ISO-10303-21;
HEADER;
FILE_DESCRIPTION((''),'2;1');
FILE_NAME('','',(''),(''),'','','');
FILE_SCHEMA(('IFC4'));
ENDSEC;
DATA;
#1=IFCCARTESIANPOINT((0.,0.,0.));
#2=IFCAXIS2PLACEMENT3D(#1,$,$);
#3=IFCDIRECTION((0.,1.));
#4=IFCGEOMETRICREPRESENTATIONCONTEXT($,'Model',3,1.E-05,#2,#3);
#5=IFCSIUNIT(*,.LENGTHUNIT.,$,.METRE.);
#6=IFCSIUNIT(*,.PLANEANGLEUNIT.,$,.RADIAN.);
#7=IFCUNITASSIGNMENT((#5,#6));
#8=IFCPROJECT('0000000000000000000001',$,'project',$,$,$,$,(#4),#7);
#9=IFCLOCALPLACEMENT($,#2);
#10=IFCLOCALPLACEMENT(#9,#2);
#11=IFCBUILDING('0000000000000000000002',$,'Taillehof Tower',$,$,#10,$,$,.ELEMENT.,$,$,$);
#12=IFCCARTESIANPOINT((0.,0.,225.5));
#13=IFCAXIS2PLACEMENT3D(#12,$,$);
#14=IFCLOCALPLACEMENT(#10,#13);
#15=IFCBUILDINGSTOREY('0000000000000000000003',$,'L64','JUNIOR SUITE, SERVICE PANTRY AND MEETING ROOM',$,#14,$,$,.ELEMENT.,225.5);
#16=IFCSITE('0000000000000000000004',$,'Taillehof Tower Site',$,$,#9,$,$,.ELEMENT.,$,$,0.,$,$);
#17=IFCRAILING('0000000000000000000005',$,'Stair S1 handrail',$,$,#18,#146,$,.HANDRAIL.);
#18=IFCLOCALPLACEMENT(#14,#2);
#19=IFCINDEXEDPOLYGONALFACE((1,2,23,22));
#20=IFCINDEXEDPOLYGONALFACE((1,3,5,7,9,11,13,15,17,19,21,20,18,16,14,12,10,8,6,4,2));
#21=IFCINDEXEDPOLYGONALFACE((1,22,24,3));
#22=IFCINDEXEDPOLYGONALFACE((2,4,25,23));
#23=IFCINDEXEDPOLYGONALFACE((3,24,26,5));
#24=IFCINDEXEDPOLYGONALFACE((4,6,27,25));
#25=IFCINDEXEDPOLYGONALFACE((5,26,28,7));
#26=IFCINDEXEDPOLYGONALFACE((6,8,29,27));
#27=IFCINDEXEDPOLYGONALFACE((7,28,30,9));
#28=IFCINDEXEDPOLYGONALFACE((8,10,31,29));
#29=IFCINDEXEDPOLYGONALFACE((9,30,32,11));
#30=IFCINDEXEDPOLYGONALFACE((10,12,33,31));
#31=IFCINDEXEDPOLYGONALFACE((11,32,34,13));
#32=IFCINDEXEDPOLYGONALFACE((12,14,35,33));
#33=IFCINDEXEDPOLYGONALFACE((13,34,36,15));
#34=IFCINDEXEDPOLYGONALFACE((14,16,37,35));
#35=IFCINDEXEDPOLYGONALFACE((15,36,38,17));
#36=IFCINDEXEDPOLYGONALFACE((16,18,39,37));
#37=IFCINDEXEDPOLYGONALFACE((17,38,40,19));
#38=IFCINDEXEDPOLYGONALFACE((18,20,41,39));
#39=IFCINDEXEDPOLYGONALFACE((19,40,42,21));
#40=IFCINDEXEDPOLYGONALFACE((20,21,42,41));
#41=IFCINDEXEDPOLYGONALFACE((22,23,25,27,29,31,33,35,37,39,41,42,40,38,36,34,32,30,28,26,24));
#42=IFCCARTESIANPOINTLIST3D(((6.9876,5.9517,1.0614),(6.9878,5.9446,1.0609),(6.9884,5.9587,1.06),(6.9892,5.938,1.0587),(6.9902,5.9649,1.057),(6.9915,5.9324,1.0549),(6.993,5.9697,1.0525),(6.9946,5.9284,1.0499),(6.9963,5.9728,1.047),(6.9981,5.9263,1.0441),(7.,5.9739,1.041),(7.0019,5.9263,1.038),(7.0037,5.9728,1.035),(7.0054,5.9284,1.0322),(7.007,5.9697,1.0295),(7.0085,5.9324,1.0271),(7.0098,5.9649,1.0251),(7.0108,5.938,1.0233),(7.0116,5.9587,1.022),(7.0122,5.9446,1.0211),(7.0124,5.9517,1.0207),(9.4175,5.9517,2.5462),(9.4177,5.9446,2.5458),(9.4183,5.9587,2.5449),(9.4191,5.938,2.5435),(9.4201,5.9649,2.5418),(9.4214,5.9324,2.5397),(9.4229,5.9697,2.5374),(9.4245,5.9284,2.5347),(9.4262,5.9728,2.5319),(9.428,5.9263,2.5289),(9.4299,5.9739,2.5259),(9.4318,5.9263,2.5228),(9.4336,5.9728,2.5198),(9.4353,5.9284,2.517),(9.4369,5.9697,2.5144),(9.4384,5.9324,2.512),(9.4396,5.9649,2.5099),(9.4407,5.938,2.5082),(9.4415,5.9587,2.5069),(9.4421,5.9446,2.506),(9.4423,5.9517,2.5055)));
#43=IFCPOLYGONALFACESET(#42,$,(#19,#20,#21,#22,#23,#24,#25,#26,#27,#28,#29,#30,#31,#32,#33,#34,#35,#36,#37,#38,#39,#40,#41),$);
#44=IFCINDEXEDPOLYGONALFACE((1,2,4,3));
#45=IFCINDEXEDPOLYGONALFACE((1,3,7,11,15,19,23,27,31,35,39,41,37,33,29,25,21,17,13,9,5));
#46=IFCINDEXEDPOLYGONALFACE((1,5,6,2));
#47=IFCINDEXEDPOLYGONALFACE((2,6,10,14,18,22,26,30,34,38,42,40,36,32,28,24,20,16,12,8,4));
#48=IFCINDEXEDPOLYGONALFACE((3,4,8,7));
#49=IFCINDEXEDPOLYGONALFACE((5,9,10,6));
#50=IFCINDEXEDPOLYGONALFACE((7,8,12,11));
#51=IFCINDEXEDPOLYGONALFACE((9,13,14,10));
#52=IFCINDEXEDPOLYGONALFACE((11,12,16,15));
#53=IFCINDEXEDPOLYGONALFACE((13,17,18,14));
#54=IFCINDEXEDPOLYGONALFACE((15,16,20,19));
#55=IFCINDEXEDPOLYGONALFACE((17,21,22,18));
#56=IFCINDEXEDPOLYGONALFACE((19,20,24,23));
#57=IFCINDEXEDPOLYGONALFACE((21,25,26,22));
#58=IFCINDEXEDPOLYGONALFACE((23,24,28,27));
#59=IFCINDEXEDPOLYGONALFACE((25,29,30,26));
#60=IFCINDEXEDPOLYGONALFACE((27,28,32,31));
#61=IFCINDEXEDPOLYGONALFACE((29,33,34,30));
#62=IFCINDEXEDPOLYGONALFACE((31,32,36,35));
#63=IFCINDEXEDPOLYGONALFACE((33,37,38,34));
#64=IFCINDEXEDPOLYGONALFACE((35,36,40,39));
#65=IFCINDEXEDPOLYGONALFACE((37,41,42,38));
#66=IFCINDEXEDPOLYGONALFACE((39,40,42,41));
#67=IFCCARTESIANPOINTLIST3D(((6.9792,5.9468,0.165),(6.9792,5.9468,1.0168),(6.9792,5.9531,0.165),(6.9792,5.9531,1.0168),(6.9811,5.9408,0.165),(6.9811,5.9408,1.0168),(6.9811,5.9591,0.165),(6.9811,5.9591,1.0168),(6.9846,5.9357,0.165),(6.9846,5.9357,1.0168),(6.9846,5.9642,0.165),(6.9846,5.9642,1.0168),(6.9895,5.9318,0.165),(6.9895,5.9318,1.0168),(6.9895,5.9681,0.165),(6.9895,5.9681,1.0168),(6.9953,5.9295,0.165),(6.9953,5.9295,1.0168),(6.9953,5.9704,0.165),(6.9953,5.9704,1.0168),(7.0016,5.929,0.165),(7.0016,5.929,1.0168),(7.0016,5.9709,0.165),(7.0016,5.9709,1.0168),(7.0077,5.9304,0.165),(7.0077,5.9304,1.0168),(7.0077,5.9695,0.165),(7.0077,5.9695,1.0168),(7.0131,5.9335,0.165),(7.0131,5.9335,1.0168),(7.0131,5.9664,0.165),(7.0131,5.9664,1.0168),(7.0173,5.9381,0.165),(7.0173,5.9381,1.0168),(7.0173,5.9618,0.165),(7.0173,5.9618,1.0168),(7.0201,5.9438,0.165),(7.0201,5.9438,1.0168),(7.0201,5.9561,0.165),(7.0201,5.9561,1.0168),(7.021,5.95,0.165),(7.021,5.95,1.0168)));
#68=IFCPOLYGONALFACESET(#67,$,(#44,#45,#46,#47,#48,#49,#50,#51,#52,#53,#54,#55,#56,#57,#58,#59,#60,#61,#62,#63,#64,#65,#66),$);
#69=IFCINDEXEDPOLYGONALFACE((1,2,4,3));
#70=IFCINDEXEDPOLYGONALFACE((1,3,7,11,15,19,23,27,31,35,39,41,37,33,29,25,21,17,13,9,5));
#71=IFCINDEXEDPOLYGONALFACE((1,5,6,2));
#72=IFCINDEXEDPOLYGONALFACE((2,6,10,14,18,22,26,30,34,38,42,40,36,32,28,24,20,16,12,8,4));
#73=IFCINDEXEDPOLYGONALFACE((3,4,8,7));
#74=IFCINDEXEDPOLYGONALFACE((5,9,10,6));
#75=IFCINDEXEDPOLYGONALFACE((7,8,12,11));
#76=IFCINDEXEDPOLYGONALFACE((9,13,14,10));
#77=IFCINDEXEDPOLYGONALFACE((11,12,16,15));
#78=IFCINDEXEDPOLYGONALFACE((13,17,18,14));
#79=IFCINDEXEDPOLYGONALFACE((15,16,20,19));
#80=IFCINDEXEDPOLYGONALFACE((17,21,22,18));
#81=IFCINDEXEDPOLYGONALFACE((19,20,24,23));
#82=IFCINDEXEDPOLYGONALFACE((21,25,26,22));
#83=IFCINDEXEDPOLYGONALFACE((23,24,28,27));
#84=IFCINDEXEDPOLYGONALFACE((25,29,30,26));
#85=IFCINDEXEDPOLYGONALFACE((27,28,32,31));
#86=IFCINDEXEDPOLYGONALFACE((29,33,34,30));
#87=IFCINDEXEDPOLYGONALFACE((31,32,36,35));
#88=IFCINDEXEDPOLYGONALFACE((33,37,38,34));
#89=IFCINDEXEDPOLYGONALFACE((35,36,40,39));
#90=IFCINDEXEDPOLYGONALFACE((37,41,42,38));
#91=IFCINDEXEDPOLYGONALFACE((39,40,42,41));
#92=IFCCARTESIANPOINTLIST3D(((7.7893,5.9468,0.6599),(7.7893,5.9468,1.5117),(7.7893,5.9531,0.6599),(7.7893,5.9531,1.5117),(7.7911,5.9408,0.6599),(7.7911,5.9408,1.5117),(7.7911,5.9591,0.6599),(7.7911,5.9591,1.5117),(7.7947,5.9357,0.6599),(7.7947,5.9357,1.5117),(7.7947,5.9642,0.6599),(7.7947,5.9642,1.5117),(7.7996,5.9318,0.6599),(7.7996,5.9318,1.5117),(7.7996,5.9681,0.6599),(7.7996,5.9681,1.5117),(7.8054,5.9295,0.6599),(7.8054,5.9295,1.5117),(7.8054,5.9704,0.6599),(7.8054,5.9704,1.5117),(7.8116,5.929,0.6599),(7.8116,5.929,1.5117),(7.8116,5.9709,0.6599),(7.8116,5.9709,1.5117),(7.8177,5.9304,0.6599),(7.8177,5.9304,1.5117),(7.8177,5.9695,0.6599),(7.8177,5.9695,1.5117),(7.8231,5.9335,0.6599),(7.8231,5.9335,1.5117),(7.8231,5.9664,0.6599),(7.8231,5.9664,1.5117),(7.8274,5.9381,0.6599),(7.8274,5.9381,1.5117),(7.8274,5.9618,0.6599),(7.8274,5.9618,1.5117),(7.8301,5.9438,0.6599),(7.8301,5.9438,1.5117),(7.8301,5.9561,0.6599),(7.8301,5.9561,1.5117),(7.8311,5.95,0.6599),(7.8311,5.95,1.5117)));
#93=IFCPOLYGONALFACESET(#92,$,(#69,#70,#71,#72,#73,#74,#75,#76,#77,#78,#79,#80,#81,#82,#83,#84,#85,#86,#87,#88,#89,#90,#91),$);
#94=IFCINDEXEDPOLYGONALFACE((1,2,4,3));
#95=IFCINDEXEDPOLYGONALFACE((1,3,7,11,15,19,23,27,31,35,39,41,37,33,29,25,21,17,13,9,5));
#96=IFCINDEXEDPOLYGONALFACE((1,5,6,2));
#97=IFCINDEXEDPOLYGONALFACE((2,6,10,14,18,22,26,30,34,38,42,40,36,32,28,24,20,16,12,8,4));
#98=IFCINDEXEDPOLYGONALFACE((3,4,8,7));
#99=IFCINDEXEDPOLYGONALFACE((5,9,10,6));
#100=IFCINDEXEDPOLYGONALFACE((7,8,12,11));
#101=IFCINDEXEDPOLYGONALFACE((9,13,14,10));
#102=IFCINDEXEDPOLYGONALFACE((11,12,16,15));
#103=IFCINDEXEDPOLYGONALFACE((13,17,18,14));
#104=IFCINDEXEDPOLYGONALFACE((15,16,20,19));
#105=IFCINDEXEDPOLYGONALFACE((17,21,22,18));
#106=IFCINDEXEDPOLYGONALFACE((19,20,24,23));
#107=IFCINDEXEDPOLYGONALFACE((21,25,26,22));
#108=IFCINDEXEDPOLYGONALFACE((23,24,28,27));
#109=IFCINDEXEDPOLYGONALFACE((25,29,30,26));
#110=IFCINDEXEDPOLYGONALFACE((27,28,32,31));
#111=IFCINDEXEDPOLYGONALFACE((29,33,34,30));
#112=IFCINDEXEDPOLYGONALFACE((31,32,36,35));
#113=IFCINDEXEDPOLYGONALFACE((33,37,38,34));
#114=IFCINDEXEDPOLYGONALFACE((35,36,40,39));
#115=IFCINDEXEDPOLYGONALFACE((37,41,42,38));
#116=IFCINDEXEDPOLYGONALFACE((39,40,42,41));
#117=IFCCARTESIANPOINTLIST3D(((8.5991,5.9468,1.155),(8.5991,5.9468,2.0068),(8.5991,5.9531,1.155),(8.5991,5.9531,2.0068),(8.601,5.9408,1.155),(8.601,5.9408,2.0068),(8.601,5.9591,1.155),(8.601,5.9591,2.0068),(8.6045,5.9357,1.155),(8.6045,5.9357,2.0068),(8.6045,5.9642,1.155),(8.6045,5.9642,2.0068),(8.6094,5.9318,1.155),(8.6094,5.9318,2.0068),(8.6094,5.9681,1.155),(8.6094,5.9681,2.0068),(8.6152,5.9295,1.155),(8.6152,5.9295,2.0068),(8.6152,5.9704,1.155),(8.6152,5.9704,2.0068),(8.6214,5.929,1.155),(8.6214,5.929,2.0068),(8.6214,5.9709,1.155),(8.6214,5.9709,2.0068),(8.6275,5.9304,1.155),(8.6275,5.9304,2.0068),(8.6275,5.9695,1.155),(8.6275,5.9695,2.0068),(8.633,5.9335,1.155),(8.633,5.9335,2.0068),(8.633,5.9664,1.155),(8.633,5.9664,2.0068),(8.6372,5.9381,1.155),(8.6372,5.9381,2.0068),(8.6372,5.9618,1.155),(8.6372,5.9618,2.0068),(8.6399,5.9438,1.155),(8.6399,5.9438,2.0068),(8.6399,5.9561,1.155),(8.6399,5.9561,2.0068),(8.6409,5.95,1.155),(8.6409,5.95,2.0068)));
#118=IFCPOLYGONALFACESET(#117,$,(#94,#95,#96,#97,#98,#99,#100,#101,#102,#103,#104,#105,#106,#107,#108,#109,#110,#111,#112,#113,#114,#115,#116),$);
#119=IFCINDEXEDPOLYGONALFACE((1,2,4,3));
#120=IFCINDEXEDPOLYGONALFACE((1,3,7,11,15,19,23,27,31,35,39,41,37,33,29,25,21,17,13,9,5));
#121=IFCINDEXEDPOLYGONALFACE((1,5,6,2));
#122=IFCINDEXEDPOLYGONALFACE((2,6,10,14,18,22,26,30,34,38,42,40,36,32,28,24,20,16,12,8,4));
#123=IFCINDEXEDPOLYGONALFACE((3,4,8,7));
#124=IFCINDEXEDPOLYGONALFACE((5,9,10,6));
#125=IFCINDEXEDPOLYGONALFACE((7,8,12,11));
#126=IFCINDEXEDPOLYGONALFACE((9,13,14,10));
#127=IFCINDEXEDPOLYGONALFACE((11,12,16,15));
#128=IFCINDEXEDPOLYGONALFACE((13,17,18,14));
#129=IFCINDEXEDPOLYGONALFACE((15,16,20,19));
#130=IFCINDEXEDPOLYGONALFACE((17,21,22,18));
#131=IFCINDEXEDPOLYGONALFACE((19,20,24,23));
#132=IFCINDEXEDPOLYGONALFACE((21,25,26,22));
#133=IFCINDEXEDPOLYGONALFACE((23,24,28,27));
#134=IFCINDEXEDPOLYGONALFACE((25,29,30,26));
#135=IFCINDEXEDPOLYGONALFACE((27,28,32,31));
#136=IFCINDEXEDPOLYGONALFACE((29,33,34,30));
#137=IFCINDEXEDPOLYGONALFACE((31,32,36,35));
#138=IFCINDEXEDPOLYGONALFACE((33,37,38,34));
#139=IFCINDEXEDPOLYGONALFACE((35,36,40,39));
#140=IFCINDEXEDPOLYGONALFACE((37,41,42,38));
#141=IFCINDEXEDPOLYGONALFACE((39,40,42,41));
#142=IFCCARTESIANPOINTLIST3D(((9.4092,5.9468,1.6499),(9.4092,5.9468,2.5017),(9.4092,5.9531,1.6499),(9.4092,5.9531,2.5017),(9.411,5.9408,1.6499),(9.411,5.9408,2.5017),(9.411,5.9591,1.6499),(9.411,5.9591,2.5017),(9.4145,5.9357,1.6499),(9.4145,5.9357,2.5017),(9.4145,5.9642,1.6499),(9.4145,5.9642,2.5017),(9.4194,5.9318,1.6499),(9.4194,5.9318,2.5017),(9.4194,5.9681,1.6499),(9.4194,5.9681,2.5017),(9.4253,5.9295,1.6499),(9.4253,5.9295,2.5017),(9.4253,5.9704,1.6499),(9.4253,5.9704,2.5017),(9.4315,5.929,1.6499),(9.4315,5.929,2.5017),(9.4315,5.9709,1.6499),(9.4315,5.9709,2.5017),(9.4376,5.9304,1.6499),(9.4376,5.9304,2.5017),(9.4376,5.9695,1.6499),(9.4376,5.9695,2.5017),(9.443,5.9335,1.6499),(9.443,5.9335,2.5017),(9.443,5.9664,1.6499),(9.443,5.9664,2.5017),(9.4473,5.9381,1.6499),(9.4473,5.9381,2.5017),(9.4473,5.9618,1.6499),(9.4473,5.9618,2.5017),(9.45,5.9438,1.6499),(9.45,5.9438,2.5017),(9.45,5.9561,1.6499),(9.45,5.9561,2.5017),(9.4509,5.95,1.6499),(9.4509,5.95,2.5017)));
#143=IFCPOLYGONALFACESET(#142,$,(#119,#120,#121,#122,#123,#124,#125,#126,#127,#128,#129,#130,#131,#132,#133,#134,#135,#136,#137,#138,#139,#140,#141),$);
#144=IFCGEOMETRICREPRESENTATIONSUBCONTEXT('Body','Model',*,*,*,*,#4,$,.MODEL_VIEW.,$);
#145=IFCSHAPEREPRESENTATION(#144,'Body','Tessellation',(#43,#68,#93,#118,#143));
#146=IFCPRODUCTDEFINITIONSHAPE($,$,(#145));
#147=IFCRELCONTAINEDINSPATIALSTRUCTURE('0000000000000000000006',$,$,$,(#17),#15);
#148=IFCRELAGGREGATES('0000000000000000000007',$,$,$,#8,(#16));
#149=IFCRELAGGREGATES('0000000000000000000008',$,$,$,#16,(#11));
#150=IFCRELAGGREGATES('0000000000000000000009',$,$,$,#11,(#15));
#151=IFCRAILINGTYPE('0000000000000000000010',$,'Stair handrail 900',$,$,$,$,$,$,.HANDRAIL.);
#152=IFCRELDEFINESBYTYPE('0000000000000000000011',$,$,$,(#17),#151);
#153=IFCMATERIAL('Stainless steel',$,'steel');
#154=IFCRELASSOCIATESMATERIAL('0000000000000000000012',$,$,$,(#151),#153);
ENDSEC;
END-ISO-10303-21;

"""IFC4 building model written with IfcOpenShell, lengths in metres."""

from ifc_helpers import new_model, si_unit, direction, frame, origin, origin_2d, place, context, subcontext, project, spatial, circle, extrude, material, type_object, element, save


model = new_model("IFC4")

# Units and contexts
model_context = context("Model", 3, precision=1e-05, world=origin(), true_north=direction((0.0, 1.0)))
body_context = subcontext(model_context, "Body", "Model", "MODEL_VIEW")
ifc_project = project(units=[si_unit("LENGTHUNIT", "METRE"), si_unit("PLANEANGLEUNIT", "RADIAN")], contexts=[model_context])

# Site, building, storey
site_placement = place(None, origin())
site = spatial("IfcSite", under=ifc_project, at=site_placement, Name="Taillehof Tower Site", CompositionType="ELEMENT", RefElevation=0.0)
building_placement = place(site_placement, origin())
building = spatial("IfcBuilding", under=site, at=building_placement, Name="Taillehof Tower", CompositionType="ELEMENT")
storey_placement = place(building_placement, frame((0.0, 0.0, 225.5)))
storey = spatial("IfcBuildingStorey", under=building, at=storey_placement, Name="L64", Description="JUNIOR SUITE, SERVICE PANTRY AND MEETING ROOM", CompositionType="ELEMENT", Elevation=225.5)

# Railing
ifc_material_1 = material(Name="Stainless steel", Category="steel")
railing_type = type_object("IfcRailingType", Name="Stair handrail 900", PredefinedType="HANDRAIL", material=ifc_material_1)
railing_placement = place(storey_placement, frame((7.0, 5.95, 0.165)))
element("IfcRailing", 1, at=railing_placement, inside=storey, type_object=railing_type, Name="Stair S1 handrail", PredefinedType="HANDRAIL", context=body_context, shape_type="SweptSolid", body=[
    extrude(circle(Radius=0.0239, at=origin_2d()), frame((0.0, 0.0, 0.876), z_axis=(0.853297, 0.0, 0.521426), x_axis=(0.0, 1.0, 0.0)), (0.0, 0.0, 1.0), 2.8477),
    extrude(circle(Radius=0.021, at=origin_2d()), origin(), (0.0, 0.0, 1.0), 0.8518),
    extrude(circle(Radius=0.021, at=origin_2d()), frame((0.8101, 0.0, 0.4949)), (0.0, 0.0, 1.0), 0.8518),
    extrude(circle(Radius=0.021, at=origin_2d()), frame((1.6199, 0.0, 0.99)), (0.0, 0.0, 1.0), 0.8518),
    extrude(circle(Radius=0.021, at=origin_2d()), frame((2.4299, 0.0, 1.4849)), (0.0, 0.0, 1.0), 0.8518),
])

save(model, "model.ifc")
